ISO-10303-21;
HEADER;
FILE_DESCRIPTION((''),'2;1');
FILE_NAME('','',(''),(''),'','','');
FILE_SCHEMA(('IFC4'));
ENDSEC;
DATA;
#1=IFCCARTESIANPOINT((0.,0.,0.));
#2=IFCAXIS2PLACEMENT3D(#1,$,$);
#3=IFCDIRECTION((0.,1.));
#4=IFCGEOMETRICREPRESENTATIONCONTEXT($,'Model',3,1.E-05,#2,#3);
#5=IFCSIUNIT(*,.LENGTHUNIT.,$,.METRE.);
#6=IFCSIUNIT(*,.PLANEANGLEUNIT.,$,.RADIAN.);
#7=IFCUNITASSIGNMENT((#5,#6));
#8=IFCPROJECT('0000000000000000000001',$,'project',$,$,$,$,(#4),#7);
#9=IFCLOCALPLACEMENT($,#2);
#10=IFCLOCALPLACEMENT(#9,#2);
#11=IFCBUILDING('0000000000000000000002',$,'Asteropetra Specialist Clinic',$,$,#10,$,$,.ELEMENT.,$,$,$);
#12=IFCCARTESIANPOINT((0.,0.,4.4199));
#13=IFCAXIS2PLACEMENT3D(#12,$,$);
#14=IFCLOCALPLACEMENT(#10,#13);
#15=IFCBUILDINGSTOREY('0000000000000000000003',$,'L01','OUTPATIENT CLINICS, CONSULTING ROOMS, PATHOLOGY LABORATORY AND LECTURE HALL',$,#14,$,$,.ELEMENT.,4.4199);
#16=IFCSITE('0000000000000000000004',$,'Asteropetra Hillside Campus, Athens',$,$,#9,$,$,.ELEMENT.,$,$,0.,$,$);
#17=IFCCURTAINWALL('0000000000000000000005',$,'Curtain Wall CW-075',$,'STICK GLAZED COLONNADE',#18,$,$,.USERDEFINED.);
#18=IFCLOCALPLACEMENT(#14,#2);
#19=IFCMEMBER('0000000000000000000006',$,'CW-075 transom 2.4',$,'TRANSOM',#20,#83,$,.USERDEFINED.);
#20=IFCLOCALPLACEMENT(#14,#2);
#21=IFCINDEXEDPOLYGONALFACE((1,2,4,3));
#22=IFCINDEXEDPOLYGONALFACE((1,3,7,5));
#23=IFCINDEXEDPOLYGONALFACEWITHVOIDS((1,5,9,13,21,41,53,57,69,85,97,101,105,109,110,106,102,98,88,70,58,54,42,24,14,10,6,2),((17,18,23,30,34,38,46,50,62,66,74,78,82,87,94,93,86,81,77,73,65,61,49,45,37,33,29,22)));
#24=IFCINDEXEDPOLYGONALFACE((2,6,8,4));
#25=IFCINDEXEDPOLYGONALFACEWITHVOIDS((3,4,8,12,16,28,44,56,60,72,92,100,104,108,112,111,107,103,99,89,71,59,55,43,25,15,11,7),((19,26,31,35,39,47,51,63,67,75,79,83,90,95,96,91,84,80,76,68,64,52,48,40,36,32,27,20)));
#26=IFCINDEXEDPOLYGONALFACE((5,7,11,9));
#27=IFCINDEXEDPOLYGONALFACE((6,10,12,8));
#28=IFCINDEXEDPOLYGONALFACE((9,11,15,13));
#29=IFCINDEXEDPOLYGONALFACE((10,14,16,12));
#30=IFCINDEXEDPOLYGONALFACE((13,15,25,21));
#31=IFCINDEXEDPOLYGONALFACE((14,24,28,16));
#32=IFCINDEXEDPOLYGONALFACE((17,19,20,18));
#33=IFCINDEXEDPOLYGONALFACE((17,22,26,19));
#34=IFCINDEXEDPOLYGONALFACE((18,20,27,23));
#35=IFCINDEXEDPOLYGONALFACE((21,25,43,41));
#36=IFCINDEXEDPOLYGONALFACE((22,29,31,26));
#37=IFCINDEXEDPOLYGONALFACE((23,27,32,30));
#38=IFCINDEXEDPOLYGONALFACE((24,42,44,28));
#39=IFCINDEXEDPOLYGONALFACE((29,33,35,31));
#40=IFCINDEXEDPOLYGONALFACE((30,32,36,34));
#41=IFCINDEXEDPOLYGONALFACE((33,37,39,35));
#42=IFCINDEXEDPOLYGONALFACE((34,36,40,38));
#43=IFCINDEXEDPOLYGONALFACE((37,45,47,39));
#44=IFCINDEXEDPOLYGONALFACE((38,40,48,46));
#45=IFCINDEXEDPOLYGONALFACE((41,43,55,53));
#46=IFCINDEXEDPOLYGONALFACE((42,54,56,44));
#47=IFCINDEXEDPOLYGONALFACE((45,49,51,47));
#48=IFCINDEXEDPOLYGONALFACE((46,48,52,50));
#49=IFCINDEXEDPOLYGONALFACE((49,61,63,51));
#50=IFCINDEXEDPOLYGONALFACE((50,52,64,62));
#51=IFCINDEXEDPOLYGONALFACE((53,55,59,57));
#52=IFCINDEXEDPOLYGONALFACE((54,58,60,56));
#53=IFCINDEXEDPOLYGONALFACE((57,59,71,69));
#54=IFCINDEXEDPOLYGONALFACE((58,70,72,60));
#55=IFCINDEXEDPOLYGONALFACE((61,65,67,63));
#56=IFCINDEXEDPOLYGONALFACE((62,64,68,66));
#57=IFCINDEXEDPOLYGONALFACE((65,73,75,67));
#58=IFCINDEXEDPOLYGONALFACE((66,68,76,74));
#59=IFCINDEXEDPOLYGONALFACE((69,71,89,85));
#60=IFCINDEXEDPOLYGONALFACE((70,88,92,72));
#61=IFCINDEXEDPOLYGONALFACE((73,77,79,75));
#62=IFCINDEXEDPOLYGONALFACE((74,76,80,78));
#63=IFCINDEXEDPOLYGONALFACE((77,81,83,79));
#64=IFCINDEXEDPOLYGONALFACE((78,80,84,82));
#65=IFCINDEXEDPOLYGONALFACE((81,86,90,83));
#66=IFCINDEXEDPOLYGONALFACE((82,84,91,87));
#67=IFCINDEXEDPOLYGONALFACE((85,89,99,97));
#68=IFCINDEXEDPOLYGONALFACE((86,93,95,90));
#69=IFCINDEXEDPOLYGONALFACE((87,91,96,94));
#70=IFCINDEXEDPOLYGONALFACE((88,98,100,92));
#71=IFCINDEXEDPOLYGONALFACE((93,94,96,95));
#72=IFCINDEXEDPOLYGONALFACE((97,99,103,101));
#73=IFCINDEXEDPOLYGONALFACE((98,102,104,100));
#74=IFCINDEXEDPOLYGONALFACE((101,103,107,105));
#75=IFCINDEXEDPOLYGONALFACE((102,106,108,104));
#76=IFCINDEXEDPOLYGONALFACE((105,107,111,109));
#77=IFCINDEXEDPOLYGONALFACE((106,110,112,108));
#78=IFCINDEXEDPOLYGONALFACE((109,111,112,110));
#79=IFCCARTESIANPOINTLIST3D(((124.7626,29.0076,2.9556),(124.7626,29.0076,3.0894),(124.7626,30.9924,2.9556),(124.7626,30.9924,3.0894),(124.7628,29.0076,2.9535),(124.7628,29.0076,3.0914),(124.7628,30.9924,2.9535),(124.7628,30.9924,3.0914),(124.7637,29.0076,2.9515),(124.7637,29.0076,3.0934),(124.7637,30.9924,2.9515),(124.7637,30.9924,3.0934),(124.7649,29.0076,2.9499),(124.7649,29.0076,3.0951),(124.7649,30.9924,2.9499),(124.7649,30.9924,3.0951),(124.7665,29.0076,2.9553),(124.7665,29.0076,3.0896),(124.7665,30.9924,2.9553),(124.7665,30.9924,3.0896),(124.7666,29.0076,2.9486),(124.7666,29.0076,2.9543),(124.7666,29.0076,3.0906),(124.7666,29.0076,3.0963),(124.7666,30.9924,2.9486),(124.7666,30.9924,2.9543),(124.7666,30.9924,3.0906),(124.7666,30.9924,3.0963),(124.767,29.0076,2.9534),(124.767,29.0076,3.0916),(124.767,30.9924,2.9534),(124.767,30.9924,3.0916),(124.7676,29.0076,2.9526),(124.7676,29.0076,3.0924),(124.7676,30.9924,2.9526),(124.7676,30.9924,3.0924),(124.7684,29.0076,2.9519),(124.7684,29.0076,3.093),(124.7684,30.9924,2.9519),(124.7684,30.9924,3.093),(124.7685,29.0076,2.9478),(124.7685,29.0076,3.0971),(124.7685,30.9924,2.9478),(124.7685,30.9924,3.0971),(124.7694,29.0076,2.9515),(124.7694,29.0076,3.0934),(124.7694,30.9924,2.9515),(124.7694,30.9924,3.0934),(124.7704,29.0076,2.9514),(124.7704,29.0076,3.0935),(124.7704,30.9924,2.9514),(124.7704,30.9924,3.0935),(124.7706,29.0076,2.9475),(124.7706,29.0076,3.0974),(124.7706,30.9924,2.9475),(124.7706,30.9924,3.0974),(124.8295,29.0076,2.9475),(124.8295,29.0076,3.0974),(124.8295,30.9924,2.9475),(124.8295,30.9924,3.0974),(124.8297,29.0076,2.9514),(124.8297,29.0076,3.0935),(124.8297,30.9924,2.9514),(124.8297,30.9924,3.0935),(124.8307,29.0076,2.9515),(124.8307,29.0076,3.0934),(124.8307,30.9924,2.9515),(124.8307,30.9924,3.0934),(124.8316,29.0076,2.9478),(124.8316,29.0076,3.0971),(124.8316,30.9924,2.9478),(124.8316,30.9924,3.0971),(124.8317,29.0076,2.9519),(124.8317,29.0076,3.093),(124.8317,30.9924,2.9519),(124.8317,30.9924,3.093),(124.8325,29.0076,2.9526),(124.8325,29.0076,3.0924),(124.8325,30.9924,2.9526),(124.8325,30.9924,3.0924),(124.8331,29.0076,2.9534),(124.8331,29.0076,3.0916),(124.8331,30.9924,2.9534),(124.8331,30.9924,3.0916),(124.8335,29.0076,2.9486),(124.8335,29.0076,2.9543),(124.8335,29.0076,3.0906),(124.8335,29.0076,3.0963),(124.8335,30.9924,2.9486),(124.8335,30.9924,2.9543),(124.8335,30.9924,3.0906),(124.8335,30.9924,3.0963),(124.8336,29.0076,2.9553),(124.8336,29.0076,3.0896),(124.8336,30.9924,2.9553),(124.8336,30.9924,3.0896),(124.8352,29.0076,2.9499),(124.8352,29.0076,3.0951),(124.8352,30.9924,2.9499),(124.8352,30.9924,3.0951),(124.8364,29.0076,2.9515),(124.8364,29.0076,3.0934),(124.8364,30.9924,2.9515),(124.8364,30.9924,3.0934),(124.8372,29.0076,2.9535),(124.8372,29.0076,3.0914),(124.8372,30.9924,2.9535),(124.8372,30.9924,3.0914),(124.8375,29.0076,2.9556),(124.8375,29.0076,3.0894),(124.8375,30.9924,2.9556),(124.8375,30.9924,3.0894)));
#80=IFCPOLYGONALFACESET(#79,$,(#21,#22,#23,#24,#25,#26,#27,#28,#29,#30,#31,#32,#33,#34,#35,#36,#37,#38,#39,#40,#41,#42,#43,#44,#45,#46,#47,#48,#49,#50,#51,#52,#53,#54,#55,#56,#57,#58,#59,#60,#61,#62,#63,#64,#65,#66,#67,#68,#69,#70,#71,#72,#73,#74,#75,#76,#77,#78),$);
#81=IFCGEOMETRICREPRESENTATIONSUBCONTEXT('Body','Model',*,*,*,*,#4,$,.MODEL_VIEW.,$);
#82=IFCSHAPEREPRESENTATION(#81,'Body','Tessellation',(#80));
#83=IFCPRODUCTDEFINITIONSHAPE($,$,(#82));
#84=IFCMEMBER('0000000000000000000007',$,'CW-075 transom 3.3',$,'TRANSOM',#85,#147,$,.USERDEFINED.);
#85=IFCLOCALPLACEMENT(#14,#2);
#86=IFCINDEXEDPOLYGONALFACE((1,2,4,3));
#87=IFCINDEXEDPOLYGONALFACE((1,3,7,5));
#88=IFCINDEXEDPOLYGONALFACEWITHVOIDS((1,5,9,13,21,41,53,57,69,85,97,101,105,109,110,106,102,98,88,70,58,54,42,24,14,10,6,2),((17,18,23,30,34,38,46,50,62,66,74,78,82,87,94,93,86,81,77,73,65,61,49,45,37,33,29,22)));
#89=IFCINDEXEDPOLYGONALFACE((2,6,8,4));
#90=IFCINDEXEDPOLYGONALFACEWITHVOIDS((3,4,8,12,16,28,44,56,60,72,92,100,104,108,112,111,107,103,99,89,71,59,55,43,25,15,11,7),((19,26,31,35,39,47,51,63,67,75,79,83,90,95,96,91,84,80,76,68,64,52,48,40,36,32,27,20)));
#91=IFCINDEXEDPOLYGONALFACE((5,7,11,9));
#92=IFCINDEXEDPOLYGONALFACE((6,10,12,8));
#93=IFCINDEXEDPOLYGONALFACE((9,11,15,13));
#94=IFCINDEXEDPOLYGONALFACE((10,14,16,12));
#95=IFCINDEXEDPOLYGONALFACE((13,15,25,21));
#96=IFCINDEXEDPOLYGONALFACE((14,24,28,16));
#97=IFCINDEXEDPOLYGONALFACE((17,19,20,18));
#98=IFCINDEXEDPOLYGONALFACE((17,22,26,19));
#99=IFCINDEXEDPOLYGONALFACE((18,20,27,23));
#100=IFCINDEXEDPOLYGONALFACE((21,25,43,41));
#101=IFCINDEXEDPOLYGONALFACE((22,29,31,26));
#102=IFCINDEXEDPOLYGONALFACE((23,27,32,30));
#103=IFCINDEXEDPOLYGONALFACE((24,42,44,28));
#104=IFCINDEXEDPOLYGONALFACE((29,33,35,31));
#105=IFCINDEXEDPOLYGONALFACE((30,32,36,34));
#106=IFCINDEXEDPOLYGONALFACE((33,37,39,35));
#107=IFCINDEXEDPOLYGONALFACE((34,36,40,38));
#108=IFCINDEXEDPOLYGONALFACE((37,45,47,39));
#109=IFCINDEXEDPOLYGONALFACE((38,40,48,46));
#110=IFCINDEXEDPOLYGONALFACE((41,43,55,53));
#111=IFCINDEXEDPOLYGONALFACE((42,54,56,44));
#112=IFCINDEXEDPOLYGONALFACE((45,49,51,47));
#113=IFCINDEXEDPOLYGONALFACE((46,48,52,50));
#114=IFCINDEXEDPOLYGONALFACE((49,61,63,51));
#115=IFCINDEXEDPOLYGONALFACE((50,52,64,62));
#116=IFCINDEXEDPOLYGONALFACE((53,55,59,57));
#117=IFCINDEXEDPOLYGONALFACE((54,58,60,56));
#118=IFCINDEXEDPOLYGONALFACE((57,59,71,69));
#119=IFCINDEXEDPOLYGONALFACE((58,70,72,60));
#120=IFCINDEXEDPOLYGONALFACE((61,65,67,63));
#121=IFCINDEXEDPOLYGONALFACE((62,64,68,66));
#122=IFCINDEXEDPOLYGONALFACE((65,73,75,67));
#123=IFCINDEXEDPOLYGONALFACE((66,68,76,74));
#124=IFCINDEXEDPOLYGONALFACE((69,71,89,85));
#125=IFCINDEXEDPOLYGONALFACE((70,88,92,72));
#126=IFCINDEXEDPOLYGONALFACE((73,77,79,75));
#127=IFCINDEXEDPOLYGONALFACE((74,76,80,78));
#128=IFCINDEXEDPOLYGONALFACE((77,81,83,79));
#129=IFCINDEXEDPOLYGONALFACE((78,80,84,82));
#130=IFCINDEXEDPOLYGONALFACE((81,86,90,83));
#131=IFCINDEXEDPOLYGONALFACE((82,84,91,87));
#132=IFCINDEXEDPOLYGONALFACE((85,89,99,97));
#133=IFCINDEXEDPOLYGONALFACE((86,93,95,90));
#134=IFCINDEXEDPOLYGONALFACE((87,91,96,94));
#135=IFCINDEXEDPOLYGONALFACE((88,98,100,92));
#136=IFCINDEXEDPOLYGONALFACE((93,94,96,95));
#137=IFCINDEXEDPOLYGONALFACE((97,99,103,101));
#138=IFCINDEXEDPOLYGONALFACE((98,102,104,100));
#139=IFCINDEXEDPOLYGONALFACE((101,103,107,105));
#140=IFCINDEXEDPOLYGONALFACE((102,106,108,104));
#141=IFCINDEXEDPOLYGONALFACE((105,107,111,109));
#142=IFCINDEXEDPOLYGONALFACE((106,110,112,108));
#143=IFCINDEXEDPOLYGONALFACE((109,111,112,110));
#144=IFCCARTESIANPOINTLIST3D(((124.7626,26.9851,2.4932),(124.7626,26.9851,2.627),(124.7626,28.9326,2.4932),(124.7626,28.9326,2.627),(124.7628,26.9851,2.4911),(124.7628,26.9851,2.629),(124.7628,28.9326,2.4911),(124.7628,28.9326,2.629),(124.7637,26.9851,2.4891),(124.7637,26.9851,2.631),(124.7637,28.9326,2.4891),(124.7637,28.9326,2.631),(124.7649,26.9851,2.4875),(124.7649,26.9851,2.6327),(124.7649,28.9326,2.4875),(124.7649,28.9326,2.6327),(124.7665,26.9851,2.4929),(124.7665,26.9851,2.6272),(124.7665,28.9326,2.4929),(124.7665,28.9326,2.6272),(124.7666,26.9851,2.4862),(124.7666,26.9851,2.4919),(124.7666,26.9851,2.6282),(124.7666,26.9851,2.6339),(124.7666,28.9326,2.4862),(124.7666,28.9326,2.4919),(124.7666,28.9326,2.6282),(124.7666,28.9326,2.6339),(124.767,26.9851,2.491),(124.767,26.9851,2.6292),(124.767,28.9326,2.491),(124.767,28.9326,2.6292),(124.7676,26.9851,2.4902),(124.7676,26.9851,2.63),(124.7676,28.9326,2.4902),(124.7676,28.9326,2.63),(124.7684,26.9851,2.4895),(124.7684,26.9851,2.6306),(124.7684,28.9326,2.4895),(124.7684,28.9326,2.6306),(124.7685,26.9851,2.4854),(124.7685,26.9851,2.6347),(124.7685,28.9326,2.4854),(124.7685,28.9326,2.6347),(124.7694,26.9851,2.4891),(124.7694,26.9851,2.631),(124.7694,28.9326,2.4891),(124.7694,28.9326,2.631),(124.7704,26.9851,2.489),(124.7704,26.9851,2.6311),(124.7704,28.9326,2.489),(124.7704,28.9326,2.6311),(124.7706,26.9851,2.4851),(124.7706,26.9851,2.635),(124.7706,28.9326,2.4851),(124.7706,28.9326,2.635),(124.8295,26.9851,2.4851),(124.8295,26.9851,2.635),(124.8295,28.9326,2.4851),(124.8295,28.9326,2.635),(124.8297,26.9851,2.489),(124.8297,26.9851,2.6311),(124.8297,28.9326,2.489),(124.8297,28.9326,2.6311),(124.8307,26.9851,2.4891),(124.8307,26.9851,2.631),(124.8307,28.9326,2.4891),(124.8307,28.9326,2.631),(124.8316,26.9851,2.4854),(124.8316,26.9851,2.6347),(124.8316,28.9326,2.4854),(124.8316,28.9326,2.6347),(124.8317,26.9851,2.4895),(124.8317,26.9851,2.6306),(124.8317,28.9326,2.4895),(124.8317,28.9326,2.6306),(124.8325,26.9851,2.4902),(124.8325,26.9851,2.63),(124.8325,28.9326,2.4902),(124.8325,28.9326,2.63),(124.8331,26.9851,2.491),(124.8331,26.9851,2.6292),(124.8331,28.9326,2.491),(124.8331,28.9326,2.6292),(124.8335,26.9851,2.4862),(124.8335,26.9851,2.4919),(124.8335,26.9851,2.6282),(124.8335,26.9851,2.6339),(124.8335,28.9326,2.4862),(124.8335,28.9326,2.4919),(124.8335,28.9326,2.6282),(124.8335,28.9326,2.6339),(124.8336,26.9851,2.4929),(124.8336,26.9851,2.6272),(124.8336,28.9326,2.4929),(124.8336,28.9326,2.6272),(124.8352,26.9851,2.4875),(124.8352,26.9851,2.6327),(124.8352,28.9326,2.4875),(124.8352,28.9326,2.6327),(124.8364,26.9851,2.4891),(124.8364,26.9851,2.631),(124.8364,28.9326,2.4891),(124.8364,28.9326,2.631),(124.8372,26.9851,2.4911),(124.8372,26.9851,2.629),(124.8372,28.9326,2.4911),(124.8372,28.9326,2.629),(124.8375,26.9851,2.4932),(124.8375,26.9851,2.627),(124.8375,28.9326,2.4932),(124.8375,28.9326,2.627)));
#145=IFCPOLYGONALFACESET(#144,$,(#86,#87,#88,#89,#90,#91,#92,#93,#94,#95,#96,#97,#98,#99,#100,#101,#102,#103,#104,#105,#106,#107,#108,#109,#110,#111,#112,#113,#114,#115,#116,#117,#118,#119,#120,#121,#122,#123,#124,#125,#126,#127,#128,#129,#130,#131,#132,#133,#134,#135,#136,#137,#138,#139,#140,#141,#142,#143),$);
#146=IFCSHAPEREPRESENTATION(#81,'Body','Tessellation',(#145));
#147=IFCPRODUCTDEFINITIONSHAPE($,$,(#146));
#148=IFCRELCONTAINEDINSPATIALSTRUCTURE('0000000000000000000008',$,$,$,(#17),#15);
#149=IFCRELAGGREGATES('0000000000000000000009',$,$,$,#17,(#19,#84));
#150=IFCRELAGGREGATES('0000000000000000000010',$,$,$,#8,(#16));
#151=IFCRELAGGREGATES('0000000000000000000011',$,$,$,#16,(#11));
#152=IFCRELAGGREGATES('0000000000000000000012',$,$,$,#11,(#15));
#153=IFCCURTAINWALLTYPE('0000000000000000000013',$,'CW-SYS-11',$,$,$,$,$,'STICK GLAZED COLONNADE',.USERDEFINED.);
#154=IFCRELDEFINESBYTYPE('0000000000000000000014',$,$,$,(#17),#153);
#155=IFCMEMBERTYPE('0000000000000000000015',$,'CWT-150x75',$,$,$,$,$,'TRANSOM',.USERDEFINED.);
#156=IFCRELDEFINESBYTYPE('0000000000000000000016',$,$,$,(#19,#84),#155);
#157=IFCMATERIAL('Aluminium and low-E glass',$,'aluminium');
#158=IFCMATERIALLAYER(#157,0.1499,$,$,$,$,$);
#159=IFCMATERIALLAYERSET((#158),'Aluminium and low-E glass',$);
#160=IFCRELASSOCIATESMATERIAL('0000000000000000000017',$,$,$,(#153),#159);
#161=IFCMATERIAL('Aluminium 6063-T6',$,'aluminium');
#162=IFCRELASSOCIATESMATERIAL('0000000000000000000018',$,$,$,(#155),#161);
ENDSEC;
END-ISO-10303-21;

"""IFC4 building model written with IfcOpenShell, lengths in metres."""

from ifc_helpers import new_model, si_unit, direction, frame, origin, origin_2d, place, context, subcontext, project, spatial, hollow_rectangle, extrude, material, layer, layer_set, material_profile, profile_set, type_object, element, aggregate, save


model = new_model("IFC4")

# Units and contexts
model_context = context("Model", 3, precision=1e-05, world=origin(), true_north=direction((0.0, 1.0)))
body_context = subcontext(model_context, "Body", "Model", "MODEL_VIEW")
ifc_project = project(units=[si_unit("LENGTHUNIT", "METRE"), si_unit("PLANEANGLEUNIT", "RADIAN")], contexts=[model_context])

# Site, building, storey
site_placement = place(None, origin())
site = spatial("IfcSite", under=ifc_project, at=site_placement, Name="Asteropetra Hillside Campus, Athens", CompositionType="ELEMENT", RefElevation=0.0)
building_placement = place(site_placement, origin())
building = spatial("IfcBuilding", under=site, at=building_placement, Name="Asteropetra Specialist Clinic", CompositionType="ELEMENT")
storey_placement = place(building_placement, frame((0.0, 0.0, 4.4199)))
storey = spatial("IfcBuildingStorey", under=building, at=storey_placement, Name="L01", Description="OUTPATIENT CLINICS, CONSULTING ROOMS, PATHOLOGY LABORATORY AND LECTURE HALL", CompositionType="ELEMENT", Elevation=4.4199)

# Curtain wall, members
ifc_material_1 = material(Name="Aluminium and low-E glass", Category="aluminium")
ifc_layer_1 = layer(ifc_material_1, 0.1499)
ifc_layer_set_1 = layer_set([ifc_layer_1], Name="Aluminium and low-E glass")
curtain_wall_type = type_object("IfcCurtainWallType", Name="CW-SYS-11", ElementType="STICK GLAZED COLONNADE", PredefinedType="USERDEFINED", material=ifc_layer_set_1)
curtain_wall_placement = place(storey_placement, origin())
curtain_wall = element("IfcCurtainWall", 1, at=curtain_wall_placement, inside=storey, type_object=curtain_wall_type, Name="Curtain Wall CW-075", ObjectType="STICK GLAZED COLONNADE", PredefinedType="USERDEFINED")
ifc_material_2 = material(Name="Aluminium 6063-T6", Category="aluminium")
ifc_material_profile_1 = material_profile(ifc_material_2, hollow_rectangle(XDim=0.075, YDim=0.1499, WallThickness=0.0039, InnerFilletRadius=0.0039, OuterFilletRadius=0.0081, at=origin_2d()), Name="TRN 150x75x4.0")
ifc_profile_set_1 = profile_set([ifc_material_profile_1], Name="Aluminium 6063-T6")
member_type_1 = type_object("IfcMemberType", Name="CWT-150x75", ElementType="TRANSOM", PredefinedType="USERDEFINED", material=ifc_profile_set_1)
member_1_placement = place(storey_placement, frame((124.8, 30.9924, 3.0225), z_axis=(0.0, -1.0, 0.0), x_axis=(1.0, 0.0, 0.0)))
member_1 = element("IfcMember", 2, at=member_1_placement, type_object=member_type_1, Name="CW-075 transom 2.4", ObjectType="TRANSOM", PredefinedType="USERDEFINED", context=body_context, shape_type="SweptSolid", body=[
    extrude(hollow_rectangle(XDim=0.075, YDim=0.1499, WallThickness=0.0039, InnerFilletRadius=0.0039, OuterFilletRadius=0.0081, at=origin_2d()), origin(), (0.0, 0.0, 1.0), 1.9849),
])
member_2_placement = place(storey_placement, frame((124.8, 28.9326, 2.5601), z_axis=(0.0, -1.0, 0.0), x_axis=(1.0, 0.0, 0.0)))
member_2 = element("IfcMember", 3, at=member_2_placement, type_object=member_type_1, Name="CW-075 transom 3.3", ObjectType="TRANSOM", PredefinedType="USERDEFINED", context=body_context, shape_type="SweptSolid", body=[
    extrude(hollow_rectangle(XDim=0.075, YDim=0.1499, WallThickness=0.0039, InnerFilletRadius=0.0039, OuterFilletRadius=0.0081, at=origin_2d()), origin(), (0.0, 0.0, 1.0), 1.9475),
])

aggregate(curtain_wall, [member_1, member_2])

save(model, "model.ifc")
